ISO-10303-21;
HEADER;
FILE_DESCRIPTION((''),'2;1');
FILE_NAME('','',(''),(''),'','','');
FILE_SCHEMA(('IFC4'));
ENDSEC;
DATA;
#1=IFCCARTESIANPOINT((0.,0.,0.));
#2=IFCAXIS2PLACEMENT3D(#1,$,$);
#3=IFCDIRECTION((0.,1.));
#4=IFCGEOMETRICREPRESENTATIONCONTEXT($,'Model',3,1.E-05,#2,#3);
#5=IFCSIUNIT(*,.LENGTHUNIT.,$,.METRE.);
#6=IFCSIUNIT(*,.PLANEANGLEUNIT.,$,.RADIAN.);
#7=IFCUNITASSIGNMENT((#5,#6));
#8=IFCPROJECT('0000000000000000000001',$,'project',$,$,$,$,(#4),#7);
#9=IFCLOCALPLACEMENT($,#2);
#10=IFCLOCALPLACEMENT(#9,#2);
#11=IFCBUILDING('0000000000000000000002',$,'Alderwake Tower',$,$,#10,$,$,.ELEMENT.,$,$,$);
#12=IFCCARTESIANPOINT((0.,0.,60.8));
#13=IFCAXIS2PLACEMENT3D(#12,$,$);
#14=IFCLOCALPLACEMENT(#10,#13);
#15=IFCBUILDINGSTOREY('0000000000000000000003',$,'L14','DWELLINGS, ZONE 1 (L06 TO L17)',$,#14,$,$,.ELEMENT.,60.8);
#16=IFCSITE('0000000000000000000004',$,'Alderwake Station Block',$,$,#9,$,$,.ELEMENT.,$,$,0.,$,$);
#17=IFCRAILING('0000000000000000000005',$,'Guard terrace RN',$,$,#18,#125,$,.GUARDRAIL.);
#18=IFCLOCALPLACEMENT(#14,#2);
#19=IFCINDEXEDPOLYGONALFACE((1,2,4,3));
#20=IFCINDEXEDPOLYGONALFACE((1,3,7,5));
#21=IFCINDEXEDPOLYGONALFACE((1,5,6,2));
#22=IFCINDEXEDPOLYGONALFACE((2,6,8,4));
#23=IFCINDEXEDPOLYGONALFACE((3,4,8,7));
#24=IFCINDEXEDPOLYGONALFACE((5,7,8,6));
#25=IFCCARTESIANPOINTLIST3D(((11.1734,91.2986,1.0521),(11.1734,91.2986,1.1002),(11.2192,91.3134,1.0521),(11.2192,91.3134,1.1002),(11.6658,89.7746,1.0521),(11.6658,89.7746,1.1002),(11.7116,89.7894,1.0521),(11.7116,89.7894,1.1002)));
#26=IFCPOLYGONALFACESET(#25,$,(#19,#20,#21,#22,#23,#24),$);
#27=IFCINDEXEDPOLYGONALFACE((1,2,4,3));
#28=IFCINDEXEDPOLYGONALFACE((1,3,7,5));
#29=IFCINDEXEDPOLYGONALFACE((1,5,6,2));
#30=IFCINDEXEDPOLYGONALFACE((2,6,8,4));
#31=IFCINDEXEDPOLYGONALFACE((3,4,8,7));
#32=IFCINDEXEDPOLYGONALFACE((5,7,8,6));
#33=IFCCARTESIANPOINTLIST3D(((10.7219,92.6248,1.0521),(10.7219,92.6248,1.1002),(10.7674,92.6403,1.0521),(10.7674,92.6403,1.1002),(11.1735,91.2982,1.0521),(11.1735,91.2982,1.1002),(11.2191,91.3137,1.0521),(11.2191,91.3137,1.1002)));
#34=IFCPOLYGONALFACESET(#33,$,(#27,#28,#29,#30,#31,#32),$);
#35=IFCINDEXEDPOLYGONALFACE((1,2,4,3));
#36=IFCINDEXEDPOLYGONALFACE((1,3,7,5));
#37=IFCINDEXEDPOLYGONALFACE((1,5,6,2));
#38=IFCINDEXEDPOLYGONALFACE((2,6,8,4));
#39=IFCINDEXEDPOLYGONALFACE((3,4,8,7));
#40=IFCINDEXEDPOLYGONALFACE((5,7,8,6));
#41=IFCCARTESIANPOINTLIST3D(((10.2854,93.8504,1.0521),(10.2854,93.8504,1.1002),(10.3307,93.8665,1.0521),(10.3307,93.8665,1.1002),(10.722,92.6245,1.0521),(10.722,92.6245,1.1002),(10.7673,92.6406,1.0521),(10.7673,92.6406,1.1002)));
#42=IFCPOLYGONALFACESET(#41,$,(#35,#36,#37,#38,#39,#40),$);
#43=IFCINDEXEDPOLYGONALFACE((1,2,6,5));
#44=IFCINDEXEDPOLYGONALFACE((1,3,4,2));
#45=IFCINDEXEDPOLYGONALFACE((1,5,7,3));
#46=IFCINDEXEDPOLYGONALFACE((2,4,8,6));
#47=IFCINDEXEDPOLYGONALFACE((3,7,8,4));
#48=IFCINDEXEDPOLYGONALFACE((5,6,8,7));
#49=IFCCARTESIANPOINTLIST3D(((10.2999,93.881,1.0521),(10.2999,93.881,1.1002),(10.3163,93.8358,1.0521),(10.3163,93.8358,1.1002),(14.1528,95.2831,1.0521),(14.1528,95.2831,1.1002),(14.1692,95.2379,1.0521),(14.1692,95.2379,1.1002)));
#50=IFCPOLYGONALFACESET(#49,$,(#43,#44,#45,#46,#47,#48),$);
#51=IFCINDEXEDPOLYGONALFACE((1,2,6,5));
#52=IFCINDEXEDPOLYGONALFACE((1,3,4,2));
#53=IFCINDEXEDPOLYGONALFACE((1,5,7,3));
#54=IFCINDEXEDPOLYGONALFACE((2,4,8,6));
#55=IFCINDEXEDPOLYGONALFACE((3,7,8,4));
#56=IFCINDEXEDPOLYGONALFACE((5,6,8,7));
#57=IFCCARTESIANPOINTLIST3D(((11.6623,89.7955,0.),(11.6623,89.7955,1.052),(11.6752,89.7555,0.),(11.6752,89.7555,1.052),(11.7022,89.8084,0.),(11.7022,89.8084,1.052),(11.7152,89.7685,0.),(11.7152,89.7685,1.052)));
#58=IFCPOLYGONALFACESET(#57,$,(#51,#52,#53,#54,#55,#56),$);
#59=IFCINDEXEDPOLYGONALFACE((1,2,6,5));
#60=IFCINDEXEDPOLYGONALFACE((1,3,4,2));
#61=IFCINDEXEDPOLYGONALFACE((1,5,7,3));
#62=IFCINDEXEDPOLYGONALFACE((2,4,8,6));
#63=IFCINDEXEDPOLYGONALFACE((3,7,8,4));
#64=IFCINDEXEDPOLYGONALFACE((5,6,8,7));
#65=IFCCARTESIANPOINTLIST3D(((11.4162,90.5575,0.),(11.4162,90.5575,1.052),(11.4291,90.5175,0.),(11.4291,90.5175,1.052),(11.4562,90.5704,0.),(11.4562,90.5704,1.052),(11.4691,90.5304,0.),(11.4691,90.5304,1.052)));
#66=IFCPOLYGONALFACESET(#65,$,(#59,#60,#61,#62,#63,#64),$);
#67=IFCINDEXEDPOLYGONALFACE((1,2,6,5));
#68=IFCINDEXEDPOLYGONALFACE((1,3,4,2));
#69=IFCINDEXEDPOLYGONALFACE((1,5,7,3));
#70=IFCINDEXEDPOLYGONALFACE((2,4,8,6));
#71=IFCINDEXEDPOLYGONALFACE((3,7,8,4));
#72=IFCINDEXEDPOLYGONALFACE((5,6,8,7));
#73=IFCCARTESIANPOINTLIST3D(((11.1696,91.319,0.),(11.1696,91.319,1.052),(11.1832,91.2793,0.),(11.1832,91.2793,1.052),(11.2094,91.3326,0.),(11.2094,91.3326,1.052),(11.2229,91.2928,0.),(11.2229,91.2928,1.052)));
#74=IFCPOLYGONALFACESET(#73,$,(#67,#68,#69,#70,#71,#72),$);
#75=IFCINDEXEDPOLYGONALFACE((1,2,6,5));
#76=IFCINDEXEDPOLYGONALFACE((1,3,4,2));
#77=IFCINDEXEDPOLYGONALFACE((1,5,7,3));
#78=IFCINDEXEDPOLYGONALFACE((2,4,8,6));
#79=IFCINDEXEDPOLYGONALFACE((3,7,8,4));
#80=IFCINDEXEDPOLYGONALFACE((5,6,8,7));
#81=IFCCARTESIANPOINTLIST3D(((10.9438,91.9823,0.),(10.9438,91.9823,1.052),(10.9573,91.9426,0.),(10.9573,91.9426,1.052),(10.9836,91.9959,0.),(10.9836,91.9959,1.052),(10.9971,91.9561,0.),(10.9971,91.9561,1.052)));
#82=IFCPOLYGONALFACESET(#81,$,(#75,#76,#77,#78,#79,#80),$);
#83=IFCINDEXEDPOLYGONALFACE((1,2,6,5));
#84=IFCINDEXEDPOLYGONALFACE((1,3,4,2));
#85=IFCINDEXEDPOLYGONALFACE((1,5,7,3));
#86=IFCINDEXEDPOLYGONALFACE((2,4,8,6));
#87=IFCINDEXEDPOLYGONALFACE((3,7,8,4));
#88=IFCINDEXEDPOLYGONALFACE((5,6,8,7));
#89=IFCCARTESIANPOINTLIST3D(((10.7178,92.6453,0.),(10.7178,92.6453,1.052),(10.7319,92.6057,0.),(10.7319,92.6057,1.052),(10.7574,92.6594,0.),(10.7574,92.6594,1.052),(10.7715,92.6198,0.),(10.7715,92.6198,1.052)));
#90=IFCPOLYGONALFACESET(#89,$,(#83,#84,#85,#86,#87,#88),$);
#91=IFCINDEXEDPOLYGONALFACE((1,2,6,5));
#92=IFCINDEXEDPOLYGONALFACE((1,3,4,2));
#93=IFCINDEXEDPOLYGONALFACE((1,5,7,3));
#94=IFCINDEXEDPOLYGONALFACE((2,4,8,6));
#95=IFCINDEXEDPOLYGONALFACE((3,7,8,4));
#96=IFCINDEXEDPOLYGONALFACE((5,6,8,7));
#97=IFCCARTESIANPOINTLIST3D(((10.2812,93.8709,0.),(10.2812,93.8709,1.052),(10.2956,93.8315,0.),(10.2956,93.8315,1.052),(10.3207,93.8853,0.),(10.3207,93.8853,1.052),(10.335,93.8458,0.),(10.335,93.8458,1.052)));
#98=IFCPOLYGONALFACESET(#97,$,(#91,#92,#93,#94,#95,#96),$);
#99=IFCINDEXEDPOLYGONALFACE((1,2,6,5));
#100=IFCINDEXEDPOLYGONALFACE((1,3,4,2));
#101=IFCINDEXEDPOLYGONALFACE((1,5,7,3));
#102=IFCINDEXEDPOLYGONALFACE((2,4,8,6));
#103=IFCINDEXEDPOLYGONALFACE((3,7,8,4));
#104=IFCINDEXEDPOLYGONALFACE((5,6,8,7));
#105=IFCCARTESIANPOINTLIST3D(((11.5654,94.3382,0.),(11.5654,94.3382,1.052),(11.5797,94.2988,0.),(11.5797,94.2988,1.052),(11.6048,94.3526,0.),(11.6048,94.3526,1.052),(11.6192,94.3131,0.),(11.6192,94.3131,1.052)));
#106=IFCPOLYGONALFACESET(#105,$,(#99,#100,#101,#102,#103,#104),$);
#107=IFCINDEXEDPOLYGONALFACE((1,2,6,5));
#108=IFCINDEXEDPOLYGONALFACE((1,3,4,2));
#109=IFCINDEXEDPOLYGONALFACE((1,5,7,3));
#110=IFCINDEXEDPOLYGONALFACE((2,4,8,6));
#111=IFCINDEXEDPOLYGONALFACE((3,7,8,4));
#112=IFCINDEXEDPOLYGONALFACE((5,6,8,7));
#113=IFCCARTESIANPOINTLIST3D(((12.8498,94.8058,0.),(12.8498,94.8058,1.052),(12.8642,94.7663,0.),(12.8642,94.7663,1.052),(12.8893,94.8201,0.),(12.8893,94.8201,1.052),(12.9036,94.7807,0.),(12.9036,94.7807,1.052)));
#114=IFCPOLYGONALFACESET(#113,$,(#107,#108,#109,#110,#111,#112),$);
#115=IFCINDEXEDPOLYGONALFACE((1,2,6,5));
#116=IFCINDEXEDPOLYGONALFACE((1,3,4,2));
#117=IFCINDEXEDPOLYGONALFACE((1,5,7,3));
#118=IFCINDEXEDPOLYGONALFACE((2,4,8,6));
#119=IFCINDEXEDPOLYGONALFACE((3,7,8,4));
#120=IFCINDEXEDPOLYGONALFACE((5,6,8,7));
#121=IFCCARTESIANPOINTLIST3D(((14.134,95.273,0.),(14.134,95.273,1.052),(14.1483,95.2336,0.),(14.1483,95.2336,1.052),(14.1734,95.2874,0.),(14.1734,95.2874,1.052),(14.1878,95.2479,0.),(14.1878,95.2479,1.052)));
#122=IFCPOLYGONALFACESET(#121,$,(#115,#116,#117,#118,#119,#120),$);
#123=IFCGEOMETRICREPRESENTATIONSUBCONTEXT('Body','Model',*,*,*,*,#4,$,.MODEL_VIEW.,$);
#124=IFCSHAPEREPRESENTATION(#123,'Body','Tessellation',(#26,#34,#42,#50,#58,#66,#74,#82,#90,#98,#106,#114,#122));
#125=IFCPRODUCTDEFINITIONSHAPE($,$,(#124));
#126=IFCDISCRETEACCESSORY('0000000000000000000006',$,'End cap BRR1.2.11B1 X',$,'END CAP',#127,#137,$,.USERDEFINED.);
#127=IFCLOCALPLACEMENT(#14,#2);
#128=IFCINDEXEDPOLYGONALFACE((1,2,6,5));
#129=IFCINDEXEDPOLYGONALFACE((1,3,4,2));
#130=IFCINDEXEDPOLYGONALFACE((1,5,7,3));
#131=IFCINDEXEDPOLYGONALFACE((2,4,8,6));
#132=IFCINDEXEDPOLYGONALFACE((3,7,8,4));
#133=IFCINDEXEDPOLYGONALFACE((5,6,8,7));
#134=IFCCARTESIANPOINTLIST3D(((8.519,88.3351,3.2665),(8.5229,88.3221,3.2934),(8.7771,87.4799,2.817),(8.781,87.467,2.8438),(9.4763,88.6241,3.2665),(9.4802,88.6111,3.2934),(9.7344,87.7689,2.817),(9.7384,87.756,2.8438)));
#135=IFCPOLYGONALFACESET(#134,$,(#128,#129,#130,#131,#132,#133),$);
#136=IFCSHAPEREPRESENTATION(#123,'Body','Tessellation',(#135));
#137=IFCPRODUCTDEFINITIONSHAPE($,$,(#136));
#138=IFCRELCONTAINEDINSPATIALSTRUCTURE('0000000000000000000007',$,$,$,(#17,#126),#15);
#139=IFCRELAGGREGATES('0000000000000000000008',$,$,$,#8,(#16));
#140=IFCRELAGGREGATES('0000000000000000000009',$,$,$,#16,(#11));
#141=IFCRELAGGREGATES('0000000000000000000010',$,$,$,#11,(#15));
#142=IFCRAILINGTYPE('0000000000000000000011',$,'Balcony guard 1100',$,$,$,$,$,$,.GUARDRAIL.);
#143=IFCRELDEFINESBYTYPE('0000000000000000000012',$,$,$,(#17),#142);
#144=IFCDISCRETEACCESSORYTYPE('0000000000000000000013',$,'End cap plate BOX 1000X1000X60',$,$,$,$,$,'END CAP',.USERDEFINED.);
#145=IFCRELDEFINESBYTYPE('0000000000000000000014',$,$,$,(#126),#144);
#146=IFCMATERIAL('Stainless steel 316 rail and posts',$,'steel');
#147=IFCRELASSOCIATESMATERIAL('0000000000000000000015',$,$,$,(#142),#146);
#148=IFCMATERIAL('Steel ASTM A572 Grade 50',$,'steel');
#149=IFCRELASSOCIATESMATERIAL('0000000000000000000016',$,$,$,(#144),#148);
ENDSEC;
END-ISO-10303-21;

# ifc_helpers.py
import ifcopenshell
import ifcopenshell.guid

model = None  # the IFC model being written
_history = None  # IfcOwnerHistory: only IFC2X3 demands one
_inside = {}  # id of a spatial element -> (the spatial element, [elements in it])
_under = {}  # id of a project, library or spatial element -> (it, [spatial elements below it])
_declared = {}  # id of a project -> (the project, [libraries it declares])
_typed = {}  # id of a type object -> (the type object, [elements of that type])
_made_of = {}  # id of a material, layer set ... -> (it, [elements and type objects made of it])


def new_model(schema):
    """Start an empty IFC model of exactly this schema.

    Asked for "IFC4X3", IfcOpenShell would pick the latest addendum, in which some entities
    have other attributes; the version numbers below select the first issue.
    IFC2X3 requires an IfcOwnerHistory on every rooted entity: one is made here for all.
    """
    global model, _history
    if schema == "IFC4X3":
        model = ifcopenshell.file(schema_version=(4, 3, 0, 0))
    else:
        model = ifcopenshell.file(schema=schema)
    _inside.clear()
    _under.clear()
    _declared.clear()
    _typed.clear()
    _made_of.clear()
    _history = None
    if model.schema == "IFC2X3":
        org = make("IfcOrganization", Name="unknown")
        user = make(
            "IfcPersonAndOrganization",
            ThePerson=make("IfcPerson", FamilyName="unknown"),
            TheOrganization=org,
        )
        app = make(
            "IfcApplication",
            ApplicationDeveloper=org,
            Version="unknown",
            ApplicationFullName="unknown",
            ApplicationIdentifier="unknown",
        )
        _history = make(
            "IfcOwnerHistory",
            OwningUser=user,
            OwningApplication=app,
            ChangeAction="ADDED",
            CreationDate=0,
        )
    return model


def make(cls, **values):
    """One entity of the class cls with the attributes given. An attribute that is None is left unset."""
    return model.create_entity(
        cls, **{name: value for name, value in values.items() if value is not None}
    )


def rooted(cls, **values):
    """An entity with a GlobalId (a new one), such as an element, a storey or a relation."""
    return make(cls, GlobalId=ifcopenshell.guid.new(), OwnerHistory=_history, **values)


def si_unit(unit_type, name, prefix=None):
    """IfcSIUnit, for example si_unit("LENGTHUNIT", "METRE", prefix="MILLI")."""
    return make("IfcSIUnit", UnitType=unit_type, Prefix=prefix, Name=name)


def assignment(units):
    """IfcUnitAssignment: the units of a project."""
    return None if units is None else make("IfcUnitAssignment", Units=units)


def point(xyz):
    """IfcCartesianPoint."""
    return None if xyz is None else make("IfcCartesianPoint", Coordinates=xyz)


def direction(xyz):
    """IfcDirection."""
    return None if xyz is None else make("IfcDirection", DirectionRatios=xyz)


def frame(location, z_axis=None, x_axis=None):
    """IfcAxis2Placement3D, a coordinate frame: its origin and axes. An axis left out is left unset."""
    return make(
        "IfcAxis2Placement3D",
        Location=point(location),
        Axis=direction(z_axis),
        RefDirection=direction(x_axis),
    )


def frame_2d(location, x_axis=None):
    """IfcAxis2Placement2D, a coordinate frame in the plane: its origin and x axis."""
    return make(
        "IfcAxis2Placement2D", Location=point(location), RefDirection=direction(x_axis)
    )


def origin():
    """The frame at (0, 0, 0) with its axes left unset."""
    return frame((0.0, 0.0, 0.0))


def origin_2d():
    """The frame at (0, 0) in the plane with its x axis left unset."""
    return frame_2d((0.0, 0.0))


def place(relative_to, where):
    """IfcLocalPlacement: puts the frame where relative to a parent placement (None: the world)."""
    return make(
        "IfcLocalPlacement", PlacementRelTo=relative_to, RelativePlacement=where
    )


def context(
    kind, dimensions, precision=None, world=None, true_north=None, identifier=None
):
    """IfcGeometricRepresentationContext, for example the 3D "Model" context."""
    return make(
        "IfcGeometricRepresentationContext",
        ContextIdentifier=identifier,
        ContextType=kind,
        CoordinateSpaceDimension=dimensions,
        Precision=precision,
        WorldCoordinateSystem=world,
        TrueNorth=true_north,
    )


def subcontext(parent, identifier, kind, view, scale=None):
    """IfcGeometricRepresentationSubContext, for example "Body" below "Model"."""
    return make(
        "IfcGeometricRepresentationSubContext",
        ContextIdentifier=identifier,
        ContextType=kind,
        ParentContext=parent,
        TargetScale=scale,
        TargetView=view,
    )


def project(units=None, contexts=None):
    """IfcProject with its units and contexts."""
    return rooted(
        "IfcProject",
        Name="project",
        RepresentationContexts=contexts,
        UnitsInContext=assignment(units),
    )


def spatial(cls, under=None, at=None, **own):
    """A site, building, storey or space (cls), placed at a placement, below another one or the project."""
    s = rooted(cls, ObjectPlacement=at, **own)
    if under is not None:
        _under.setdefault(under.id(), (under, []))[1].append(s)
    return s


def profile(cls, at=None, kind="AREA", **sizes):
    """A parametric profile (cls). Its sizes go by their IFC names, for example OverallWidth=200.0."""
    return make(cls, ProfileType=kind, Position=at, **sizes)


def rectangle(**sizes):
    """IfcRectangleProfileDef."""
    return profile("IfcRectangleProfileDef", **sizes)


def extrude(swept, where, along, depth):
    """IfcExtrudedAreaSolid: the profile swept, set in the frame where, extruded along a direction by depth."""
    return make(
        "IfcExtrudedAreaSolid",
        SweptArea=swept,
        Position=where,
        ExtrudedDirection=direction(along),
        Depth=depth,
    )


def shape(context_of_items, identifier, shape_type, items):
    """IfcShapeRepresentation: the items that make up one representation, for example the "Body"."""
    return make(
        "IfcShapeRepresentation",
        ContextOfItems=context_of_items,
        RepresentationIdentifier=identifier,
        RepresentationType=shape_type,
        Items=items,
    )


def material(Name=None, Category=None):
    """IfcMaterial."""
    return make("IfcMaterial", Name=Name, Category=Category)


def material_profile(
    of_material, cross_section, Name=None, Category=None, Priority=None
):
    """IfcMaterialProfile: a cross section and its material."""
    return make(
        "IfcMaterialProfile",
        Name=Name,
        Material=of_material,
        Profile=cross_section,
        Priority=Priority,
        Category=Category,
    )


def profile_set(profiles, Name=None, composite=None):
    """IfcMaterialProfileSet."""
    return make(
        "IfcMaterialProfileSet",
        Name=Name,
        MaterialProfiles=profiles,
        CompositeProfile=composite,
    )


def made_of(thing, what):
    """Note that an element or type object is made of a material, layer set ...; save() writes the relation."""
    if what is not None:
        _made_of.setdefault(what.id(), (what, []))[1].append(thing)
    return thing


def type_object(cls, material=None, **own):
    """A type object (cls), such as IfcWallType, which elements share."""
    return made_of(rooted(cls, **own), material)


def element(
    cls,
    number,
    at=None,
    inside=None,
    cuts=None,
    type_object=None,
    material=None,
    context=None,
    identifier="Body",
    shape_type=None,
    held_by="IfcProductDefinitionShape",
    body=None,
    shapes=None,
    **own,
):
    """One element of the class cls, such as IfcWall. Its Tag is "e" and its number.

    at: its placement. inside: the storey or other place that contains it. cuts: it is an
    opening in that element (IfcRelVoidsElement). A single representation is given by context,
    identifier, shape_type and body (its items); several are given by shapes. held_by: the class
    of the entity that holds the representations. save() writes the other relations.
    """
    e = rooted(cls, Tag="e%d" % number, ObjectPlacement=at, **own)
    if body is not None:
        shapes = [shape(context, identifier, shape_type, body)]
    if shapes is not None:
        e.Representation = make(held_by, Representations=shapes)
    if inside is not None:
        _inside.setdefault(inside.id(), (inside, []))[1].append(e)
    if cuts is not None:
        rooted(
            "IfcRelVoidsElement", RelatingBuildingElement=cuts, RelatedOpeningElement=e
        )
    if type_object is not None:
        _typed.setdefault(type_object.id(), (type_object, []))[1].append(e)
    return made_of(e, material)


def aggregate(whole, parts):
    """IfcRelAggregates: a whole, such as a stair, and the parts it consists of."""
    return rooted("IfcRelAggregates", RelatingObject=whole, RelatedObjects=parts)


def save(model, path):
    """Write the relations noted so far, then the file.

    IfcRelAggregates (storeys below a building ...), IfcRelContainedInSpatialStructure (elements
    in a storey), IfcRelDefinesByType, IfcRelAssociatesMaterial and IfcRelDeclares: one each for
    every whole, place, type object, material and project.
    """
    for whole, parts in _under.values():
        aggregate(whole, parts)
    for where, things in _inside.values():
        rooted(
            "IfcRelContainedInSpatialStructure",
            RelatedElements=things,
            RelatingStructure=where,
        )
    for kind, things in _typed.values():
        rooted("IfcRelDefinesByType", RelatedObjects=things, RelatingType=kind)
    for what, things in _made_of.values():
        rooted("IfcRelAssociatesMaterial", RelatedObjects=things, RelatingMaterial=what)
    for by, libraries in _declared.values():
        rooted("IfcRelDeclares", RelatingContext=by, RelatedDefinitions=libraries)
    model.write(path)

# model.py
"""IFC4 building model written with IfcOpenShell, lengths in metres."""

from ifc_helpers import new_model, si_unit, direction, frame, origin, origin_2d, place, context, subcontext, project, spatial, rectangle, extrude, material, material_profile, profile_set, type_object, element, save


model = new_model("IFC4")

# Units and contexts
model_context = context("Model", 3, precision=1e-05, world=origin(), true_north=direction((0.0, 1.0)))
body_context = subcontext(model_context, "Body", "Model", "MODEL_VIEW")
ifc_project = project(units=[si_unit("LENGTHUNIT", "METRE"), si_unit("PLANEANGLEUNIT", "RADIAN")], contexts=[model_context])

# Site, building, storey
site_placement = place(None, origin())
site = spatial("IfcSite", under=ifc_project, at=site_placement, Name="Alderwake Station Block", CompositionType="ELEMENT", RefElevation=0.0)
building_placement = place(site_placement, origin())
building = spatial("IfcBuilding", under=site, at=building_placement, Name="Alderwake Tower", CompositionType="ELEMENT")
storey_placement = place(building_placement, frame((0.0, 0.0, 60.8)))
storey = spatial("IfcBuildingStorey", under=building, at=storey_placement, Name="L14", Description="DWELLINGS, ZONE 1 (L06 TO L17)", CompositionType="ELEMENT", Elevation=60.8)

# Railing
ifc_material_1 = material(Name="Stainless steel 316 rail and posts", Category="steel")
railing_type = type_object("IfcRailingType", Name="Balcony guard 1100", PredefinedType="GUARDRAIL", material=ifc_material_1)
railing_1_placement = place(storey_placement, frame((11.6887, 89.782, 0.0)))
element("IfcRailing", 1, at=railing_1_placement, inside=storey, type_object=railing_type, Name="Guard terrace RN", PredefinedType="GUARDRAIL", context=body_context, shape_type="SweptSolid", body=[
    extrude(rectangle(XDim=0.0481, YDim=0.0481, at=origin_2d()), frame((0.0, 0.0, 1.0762), z_axis=(-0.307479, 0.951555, 0.0), x_axis=(-0.951555, -0.307479, 0.0)), (0.0, 0.0, 1.0), 1.6016),
    extrude(rectangle(XDim=0.0481, YDim=0.0481, at=origin_2d()), frame((-0.4924, 1.5239, 1.0762), z_axis=(-0.322284, 0.946643, 0.0), x_axis=(-0.946643, -0.322284, 0.0)), (0.0, 0.0, 1.0), 1.4014),
    extrude(rectangle(XDim=0.0481, YDim=0.0481, at=origin_2d()), frame((-0.9441, 2.8506, 1.0762), z_axis=(-0.335469, 0.942051, 0.0), x_axis=(-0.942051, -0.335469, 0.0)), (0.0, 0.0, 1.0), 1.3013),
    extrude(rectangle(XDim=0.0481, YDim=0.0481, at=origin_2d()), frame((-1.3806, 4.0764, 1.0762), z_axis=(0.939708, 0.341977, 0.0), x_axis=(-0.341977, 0.939708, 0.0)), (0.0, 0.0, 1.0), 4.1001),
    extrude(rectangle(XDim=0.042, YDim=0.042, at=origin_2d()), frame((0.0, 0.0, 0.0), z_axis=(0.0, 0.0, 1.0), x_axis=(-0.307479, 0.951555, 0.0)), (0.0, 0.0, 1.0), 1.052),
    extrude(rectangle(XDim=0.042, YDim=0.042, at=origin_2d()), frame((-0.2461, 0.762, 0.0), z_axis=(0.0, 0.0, 1.0), x_axis=(-0.307479, 0.951555, 0.0)), (0.0, 0.0, 1.0), 1.052),
    extrude(rectangle(XDim=0.042, YDim=0.042, at=origin_2d()), frame((-0.4924, 1.5239, 0.0), z_axis=(0.0, 0.0, 1.0), x_axis=(-0.322284, 0.946643, 0.0)), (0.0, 0.0, 1.0), 1.052),
    extrude(rectangle(XDim=0.042, YDim=0.042, at=origin_2d()), frame((-0.7183, 2.1873, 0.0), z_axis=(0.0, 0.0, 1.0), x_axis=(-0.322284, 0.946643, 0.0)), (0.0, 0.0, 1.0), 1.052),
    extrude(rectangle(XDim=0.042, YDim=0.042, at=origin_2d()), frame((-0.9441, 2.8506, 0.0), z_axis=(0.0, 0.0, 1.0), x_axis=(-0.335469, 0.942051, 0.0)), (0.0, 0.0, 1.0), 1.052),
    extrude(rectangle(XDim=0.042, YDim=0.042, at=origin_2d()), frame((-1.3806, 4.0764, 0.0), z_axis=(0.0, 0.0, 1.0), x_axis=(0.939708, 0.341977, 0.0)), (0.0, 0.0, 1.0), 1.052),
    extrude(rectangle(XDim=0.042, YDim=0.042, at=origin_2d()), frame((-0.0964, 4.5437, 0.0), z_axis=(0.0, 0.0, 1.0), x_axis=(0.939708, 0.341977, 0.0)), (0.0, 0.0, 1.0), 1.052),
    extrude(rectangle(XDim=0.042, YDim=0.042, at=origin_2d()), frame((1.188, 5.0112, 0.0), z_axis=(0.0, 0.0, 1.0), x_axis=(0.939708, 0.341977, 0.0)), (0.0, 0.0, 1.0), 1.052),
    extrude(rectangle(XDim=0.042, YDim=0.042, at=origin_2d()), frame((2.4722, 5.4785, 0.0), z_axis=(0.0, 0.0, 1.0), x_axis=(0.939708, 0.341977, 0.0)), (0.0, 0.0, 1.0), 1.052),
])

# Discrete accessory
ifc_material_2 = material(Name="Steel ASTM A572 Grade 50", Category="steel")
ifc_material_profile_1 = material_profile(ifc_material_2, rectangle(XDim=1.0, YDim=1.0, at=origin_2d()), Name="BOX 1000X1000X60 cap")
ifc_profile_set_1 = profile_set([ifc_material_profile_1], Name="Steel ASTM A572 Grade 50")
discrete_accessory_type = type_object("IfcDiscreteAccessoryType", Name="End cap plate BOX 1000X1000X60", ElementType="END CAP", PredefinedType="USERDEFINED", material=ifc_profile_set_1)
discrete_accessory_placement = place(storey_placement, frame((9.1267, 88.052, 3.0417), z_axis=(0.129927, -0.430383, 0.893247), x_axis=(0.957328, 0.289005, 0.0)))
element("IfcDiscreteAccessory", 2, at=discrete_accessory_placement, inside=storey, type_object=discrete_accessory_type, Name="End cap BRR1.2.11B1 X", ObjectType="END CAP", PredefinedType="USERDEFINED", context=body_context, shape_type="SweptSolid", body=[
    extrude(rectangle(XDim=1.0, YDim=1.0, at=origin_2d()), origin(), (0.0, 0.0, 1.0), 0.03),
])

save(model, "model.ifc")
